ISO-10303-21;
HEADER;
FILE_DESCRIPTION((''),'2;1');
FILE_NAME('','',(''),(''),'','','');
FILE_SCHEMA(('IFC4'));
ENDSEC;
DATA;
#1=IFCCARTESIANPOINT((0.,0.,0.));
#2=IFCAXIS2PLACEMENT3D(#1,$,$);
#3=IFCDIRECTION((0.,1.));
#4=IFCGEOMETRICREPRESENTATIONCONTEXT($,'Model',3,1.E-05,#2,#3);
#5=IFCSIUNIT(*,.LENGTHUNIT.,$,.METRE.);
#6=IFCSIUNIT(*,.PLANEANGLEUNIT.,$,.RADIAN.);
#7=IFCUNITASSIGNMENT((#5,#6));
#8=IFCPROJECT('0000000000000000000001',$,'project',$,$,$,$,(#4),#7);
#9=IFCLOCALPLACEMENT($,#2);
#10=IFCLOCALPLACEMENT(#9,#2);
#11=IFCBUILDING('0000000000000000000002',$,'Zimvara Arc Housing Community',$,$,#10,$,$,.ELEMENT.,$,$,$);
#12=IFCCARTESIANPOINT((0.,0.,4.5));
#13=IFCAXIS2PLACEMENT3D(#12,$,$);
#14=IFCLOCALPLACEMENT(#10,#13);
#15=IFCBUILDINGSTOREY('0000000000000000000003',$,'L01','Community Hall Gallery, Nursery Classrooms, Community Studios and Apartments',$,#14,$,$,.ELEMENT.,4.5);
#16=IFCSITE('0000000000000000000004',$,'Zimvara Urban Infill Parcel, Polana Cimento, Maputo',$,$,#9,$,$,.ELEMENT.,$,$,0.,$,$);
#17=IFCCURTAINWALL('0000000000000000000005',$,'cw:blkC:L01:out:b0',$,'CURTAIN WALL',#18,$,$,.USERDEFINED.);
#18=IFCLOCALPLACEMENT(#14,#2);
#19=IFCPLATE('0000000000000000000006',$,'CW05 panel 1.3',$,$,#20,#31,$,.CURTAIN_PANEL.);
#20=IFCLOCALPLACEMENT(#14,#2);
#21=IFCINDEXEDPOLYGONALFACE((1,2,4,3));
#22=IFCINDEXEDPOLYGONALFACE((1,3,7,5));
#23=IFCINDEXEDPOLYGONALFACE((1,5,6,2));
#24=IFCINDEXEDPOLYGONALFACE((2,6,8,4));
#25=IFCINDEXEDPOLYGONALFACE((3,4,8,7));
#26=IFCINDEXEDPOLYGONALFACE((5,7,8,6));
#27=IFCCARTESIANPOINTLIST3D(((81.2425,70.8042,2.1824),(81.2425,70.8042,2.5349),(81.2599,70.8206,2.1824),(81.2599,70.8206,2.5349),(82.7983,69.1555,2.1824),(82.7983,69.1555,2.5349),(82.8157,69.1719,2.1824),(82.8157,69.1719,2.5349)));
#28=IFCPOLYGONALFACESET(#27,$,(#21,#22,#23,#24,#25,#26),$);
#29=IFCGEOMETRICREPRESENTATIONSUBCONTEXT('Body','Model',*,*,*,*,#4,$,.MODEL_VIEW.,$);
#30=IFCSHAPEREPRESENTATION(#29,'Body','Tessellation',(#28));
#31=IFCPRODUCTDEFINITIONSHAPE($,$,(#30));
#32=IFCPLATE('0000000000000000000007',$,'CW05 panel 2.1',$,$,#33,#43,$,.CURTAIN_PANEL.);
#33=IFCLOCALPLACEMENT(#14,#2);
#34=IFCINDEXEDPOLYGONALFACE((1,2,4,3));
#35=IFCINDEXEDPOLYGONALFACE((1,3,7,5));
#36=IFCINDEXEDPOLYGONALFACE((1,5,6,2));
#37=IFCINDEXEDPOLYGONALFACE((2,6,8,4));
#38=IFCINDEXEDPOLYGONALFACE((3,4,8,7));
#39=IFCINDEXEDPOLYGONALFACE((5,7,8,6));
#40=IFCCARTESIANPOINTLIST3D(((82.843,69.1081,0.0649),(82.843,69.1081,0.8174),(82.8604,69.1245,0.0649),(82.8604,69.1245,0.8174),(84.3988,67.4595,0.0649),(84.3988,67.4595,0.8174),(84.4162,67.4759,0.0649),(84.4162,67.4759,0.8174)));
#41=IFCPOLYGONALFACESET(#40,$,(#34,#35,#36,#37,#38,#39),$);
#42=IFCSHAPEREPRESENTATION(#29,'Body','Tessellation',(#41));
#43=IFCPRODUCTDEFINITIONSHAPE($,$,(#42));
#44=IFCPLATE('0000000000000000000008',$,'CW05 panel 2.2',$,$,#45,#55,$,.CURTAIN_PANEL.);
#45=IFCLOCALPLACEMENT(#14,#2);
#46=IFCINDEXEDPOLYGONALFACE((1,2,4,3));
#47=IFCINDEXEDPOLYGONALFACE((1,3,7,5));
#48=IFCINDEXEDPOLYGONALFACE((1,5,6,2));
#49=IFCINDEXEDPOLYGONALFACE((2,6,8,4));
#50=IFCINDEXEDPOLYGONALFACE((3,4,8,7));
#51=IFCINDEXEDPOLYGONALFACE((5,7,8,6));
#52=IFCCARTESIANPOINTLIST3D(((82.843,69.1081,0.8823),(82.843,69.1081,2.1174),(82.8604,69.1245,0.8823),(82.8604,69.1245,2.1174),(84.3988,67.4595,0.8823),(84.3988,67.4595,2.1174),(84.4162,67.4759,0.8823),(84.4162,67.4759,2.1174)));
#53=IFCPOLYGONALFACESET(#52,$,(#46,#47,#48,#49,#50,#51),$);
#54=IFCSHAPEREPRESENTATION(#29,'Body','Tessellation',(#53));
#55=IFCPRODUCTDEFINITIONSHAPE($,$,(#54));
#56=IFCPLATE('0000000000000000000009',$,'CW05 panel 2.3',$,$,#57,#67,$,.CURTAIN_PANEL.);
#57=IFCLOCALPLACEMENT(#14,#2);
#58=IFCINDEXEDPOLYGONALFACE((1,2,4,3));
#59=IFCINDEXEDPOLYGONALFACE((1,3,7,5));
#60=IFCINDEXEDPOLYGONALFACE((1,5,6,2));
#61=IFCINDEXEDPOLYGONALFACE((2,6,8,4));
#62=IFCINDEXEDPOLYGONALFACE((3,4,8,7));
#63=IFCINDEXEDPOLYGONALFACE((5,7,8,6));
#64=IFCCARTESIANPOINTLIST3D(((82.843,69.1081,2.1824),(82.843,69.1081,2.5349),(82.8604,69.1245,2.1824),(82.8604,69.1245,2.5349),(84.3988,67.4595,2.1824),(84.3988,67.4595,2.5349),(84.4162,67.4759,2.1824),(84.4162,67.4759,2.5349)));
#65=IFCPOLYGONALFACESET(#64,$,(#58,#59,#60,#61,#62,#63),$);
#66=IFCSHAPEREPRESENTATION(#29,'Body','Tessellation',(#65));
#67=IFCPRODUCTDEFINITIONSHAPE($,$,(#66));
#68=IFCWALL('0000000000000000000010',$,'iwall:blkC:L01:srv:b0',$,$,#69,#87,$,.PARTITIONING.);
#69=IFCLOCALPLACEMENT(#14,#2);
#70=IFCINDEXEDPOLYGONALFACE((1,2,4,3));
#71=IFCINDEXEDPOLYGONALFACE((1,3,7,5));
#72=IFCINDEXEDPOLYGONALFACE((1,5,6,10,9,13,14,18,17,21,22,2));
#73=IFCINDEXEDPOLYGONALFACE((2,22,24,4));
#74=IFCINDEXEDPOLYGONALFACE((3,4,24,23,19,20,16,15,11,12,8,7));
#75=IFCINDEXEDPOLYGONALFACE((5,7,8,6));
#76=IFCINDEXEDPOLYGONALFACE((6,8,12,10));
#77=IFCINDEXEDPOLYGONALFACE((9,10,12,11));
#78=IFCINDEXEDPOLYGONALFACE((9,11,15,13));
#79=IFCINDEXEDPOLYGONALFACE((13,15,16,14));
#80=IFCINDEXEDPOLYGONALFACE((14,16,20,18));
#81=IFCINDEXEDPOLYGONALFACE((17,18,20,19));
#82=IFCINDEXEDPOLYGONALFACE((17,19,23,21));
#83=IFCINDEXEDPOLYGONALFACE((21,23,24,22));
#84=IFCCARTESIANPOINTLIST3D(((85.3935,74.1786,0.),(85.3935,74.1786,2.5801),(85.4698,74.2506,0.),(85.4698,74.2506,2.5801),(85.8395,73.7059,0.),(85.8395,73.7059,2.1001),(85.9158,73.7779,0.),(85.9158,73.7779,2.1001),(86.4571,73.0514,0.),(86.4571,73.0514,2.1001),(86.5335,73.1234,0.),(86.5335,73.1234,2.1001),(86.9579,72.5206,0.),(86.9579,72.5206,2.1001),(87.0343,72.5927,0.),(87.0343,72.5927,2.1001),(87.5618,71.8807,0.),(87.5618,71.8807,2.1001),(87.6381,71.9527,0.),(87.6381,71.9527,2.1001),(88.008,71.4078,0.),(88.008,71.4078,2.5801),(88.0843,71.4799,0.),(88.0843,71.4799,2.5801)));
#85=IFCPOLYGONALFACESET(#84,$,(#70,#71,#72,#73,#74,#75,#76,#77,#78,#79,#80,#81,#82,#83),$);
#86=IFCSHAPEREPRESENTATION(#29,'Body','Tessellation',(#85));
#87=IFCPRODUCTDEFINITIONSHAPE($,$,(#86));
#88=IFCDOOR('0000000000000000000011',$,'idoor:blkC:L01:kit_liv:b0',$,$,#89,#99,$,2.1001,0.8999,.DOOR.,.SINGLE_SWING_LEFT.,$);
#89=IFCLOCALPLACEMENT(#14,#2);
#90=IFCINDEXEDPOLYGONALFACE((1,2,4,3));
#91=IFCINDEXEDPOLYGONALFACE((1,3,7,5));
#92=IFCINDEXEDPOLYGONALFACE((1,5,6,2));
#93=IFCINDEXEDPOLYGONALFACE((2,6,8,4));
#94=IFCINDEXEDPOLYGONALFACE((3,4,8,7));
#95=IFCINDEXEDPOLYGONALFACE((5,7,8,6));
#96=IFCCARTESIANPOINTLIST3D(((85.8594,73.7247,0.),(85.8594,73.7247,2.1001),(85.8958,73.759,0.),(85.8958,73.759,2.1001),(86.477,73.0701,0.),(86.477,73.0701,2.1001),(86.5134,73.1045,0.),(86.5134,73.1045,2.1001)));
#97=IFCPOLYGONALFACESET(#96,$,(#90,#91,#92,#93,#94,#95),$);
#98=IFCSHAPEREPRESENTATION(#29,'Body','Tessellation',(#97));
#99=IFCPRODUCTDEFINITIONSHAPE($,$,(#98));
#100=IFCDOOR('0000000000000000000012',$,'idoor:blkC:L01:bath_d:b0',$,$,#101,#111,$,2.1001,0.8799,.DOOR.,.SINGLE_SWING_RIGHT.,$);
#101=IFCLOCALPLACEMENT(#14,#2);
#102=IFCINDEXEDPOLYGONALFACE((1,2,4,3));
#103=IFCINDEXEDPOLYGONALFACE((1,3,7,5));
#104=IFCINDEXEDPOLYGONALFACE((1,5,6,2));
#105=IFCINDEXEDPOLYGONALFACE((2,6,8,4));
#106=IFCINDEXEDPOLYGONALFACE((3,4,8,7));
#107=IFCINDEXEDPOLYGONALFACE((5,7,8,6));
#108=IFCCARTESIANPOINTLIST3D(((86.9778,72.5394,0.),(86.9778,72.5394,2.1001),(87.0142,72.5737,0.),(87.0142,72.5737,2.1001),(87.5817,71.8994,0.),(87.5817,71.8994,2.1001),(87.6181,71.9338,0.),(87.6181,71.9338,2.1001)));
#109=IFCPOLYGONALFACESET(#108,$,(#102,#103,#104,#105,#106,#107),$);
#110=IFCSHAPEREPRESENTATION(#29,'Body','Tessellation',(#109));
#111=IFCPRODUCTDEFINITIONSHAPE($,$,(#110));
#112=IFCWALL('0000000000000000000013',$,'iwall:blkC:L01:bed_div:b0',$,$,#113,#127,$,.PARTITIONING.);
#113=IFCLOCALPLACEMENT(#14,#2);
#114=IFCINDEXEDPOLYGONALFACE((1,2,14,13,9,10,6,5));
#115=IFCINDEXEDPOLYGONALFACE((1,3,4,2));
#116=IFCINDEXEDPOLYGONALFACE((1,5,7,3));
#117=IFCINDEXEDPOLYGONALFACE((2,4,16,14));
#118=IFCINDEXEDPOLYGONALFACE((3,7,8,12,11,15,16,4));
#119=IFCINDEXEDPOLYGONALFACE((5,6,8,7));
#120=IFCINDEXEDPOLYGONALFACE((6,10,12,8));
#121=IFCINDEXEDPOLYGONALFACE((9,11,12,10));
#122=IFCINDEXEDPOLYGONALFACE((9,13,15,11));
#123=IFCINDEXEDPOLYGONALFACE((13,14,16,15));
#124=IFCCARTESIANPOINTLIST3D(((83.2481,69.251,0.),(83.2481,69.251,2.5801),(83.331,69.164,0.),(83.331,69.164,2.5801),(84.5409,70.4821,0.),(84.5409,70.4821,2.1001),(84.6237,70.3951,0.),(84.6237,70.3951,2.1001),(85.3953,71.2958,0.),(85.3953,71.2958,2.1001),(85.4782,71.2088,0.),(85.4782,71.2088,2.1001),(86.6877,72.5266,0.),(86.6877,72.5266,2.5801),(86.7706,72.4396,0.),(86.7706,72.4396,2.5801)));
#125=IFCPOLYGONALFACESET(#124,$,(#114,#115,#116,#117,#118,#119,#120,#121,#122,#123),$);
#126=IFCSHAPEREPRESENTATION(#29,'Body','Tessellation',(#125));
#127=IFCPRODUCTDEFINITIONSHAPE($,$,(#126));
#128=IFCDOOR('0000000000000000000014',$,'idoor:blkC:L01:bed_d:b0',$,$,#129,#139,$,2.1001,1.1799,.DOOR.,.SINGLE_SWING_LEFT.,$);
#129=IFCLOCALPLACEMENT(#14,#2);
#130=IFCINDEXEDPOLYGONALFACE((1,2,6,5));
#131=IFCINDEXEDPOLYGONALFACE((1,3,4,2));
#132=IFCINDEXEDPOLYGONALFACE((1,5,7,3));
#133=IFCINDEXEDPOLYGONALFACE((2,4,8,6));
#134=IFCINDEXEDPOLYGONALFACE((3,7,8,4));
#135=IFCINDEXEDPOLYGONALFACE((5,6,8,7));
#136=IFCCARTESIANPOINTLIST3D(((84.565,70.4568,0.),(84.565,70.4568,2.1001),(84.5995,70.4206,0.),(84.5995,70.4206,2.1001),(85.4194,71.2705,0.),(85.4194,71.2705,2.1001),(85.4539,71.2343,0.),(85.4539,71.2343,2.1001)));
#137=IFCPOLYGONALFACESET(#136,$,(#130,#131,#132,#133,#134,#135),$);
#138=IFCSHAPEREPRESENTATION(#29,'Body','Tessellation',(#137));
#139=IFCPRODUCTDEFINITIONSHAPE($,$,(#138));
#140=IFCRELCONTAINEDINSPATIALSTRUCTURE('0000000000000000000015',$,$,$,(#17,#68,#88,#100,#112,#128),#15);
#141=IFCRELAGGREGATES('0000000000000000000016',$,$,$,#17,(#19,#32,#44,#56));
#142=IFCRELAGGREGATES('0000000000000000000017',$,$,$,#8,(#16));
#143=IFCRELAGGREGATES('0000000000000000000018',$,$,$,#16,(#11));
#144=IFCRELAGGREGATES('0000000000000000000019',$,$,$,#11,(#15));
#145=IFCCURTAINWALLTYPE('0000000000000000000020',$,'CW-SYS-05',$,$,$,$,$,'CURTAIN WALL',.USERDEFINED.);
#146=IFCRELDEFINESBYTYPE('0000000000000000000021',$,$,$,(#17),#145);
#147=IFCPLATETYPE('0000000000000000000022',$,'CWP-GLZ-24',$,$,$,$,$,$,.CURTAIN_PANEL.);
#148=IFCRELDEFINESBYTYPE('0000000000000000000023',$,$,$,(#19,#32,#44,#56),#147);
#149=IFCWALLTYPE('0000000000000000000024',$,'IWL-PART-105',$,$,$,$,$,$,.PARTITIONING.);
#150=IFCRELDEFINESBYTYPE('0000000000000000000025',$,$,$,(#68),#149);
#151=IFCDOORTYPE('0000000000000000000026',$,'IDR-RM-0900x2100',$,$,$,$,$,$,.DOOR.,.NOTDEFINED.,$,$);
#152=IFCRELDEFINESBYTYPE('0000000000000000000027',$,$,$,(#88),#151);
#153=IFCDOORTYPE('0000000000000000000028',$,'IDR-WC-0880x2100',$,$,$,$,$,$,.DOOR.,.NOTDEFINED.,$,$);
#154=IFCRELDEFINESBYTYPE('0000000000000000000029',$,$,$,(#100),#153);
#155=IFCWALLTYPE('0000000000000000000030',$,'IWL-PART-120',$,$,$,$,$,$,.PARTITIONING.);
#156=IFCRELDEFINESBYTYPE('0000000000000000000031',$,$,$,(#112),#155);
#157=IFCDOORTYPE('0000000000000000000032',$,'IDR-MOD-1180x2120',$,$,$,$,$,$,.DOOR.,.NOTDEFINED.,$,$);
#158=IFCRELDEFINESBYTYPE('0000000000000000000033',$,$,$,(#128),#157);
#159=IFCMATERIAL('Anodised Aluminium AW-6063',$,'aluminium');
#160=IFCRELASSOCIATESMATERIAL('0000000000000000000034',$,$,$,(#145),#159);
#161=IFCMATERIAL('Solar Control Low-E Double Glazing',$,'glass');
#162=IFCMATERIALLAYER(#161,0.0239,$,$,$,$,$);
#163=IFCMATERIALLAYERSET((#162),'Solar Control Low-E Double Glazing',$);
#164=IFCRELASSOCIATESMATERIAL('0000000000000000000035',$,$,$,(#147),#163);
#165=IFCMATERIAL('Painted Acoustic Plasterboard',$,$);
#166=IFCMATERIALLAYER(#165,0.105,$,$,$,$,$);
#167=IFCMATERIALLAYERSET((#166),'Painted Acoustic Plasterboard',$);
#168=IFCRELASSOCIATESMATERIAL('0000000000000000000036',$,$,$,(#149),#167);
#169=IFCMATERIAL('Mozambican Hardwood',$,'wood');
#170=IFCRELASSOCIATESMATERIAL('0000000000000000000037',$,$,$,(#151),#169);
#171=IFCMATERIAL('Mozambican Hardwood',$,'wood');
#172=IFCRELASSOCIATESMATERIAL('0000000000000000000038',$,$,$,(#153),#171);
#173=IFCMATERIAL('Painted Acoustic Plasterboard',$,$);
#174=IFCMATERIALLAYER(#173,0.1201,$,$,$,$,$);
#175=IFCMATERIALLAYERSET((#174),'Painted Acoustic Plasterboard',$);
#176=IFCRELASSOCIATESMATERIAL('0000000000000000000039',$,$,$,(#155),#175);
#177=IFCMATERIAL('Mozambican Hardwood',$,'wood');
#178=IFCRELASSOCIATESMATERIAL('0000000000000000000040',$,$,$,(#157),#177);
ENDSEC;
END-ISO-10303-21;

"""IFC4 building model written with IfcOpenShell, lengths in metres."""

from ifc_helpers import new_model, si_unit, direction, frame, frame_2d, origin, origin_2d, place, context, subcontext, project, spatial, rectangle, extrude, material, layer, layer_set, type_object, element, fill, aggregate, save


model = new_model("IFC4")

# Units and contexts
model_context = context("Model", 3, precision=1e-05, world=origin(), true_north=direction((0.0, 1.0)))
body_context = subcontext(model_context, "Body", "Model", "MODEL_VIEW")
ifc_project = project(units=[si_unit("LENGTHUNIT", "METRE"), si_unit("PLANEANGLEUNIT", "RADIAN")], contexts=[model_context])

# Site, building, storey
site_placement = place(None, origin())
site = spatial("IfcSite", under=ifc_project, at=site_placement, Name="Zimvara Urban Infill Parcel, Polana Cimento, Maputo", CompositionType="ELEMENT", RefElevation=0.0)
building_placement = place(site_placement, origin())
building = spatial("IfcBuilding", under=site, at=building_placement, Name="Zimvara Arc Housing Community", CompositionType="ELEMENT")
storey_placement = place(building_placement, frame((0.0, 0.0, 4.5)))
storey = spatial("IfcBuildingStorey", under=building, at=storey_placement, Name="L01", Description="Community Hall Gallery, Nursery Classrooms, Community Studios and Apartments", CompositionType="ELEMENT", Elevation=4.5)

# Curtain wall, plates
ifc_material_1 = material(Name="Anodised Aluminium AW-6063", Category="aluminium")
curtain_wall_type = type_object("IfcCurtainWallType", Name="CW-SYS-05", ElementType="CURTAIN WALL", PredefinedType="USERDEFINED", material=ifc_material_1)
curtain_wall_placement = place(storey_placement, origin())
curtain_wall = element("IfcCurtainWall", 1, at=curtain_wall_placement, inside=storey, type_object=curtain_wall_type, Name="cw:blkC:L01:out:b0", ObjectType="CURTAIN WALL", PredefinedType="USERDEFINED")
ifc_material_2 = material(Name="Solar Control Low-E Double Glazing", Category="glass")
ifc_layer_1 = layer(ifc_material_2, 0.0239)
ifc_layer_set_1 = layer_set([ifc_layer_1], Name="Solar Control Low-E Double Glazing")
plate_type = type_object("IfcPlateType", Name="CWP-GLZ-24", PredefinedType="CURTAIN_PANEL", material=ifc_layer_set_1)
plate_1_placement = place(storey_placement, frame((82.0291, 69.988, 2.1824), z_axis=(0.0, 0.0, 1.0), x_axis=(0.686326, -0.727294, 0.0)))
plate_1 = element("IfcPlate", 2, at=plate_1_placement, type_object=plate_type, Name="CW05 panel 1.3", PredefinedType="CURTAIN_PANEL", context=body_context, shape_type="SweptSolid", body=[
    extrude(rectangle(XDim=2.2668, YDim=0.0239, at=origin_2d()), origin(), (0.0, 0.0, 1.0), 0.3525),
])
plate_2_placement = place(storey_placement, frame((83.6296, 68.292, 0.0649), z_axis=(0.0, 0.0, 1.0), x_axis=(0.686326, -0.727294, 0.0)))
plate_2 = element("IfcPlate", 3, at=plate_2_placement, type_object=plate_type, Name="CW05 panel 2.1", PredefinedType="CURTAIN_PANEL", context=body_context, shape_type="SweptSolid", body=[
    extrude(rectangle(XDim=2.2668, YDim=0.0239, at=origin_2d()), origin(), (0.0, 0.0, 1.0), 0.7524),
])
plate_3_placement = place(storey_placement, frame((83.6296, 68.292, 0.8823), z_axis=(0.0, 0.0, 1.0), x_axis=(0.686326, -0.727294, 0.0)))
plate_3 = element("IfcPlate", 4, at=plate_3_placement, type_object=plate_type, Name="CW05 panel 2.2", PredefinedType="CURTAIN_PANEL", context=body_context, shape_type="SweptSolid", body=[
    extrude(rectangle(XDim=2.2668, YDim=0.0239, at=origin_2d()), origin(), (0.0, 0.0, 1.0), 1.2351),
])
plate_4_placement = place(storey_placement, frame((83.6296, 68.292, 2.1824), z_axis=(0.0, 0.0, 1.0), x_axis=(0.686326, -0.727294, 0.0)))
plate_4 = element("IfcPlate", 5, at=plate_4_placement, type_object=plate_type, Name="CW05 panel 2.3", PredefinedType="CURTAIN_PANEL", context=body_context, shape_type="SweptSolid", body=[
    extrude(rectangle(XDim=2.2668, YDim=0.0239, at=origin_2d()), origin(), (0.0, 0.0, 1.0), 0.3525),
])
aggregate(curtain_wall, [plate_1, plate_2, plate_3, plate_4])

# Wall, openings, doors
ifc_material_3 = material(Name="Painted Acoustic Plasterboard")
ifc_layer_2 = layer(ifc_material_3, 0.105)
ifc_layer_set_2 = layer_set([ifc_layer_2], Name="Painted Acoustic Plasterboard")
wall_type_1 = type_object("IfcWallType", Name="IWL-PART-105", PredefinedType="PARTITIONING", material=ifc_layer_set_2)
wall_1_placement = place(storey_placement, frame((85.4316, 74.2146, 0.0), z_axis=(0.0, 0.0, 1.0), x_axis=(0.686302, -0.727317, 0.0)))
wall_1 = element("IfcWall", 6, at=wall_1_placement, inside=storey, type_object=wall_type_1, Name="iwall:blkC:L01:srv:b0", PredefinedType="PARTITIONING", context=body_context, shape_type="SweptSolid", body=[
    extrude(rectangle(XDim=3.8096, YDim=0.105, at=frame_2d((1.9048, 0.0))), origin(), (0.0, 0.0, 1.0), 2.5801),
])
opening_1_placement = place(wall_1_placement, frame((0.6499, 0.0, 0.0)))
opening_1 = element("IfcOpeningElement", 7, at=opening_1_placement, cuts=wall_1, PredefinedType="OPENING", context=body_context, shape_type="SweptSolid", body=[
    extrude(rectangle(XDim=0.8999, YDim=2.1001, at=frame_2d((0.45, 1.05))), frame((0.0, 0.0625, 0.0), z_axis=(0.0, -1.0, 0.0), x_axis=(1.0, 0.0, 0.0)), (0.0, 0.0, 1.0), 0.125),
])
opening_2_placement = place(wall_1_placement, frame((2.2795, 0.0, 0.0)))
opening_2 = element("IfcOpeningElement", 8, at=opening_2_placement, cuts=wall_1, PredefinedType="OPENING", context=body_context, shape_type="SweptSolid", body=[
    extrude(rectangle(XDim=0.8799, YDim=2.1001, at=frame_2d((0.4399, 1.05))), frame((0.0, 0.0625, 0.0), z_axis=(0.0, -1.0, 0.0), x_axis=(1.0, 0.0, 0.0)), (0.0, 0.0, 1.0), 0.125),
])
ifc_material_4 = material(Name="Mozambican Hardwood", Category="wood")
door_type_1 = type_object("IfcDoorType", Name="IDR-RM-0900x2100", OperationType="NOTDEFINED", PredefinedType="DOOR", material=ifc_material_4)
door_1_placement = place(opening_1_placement, origin())
door_1 = element("IfcDoor", 9, at=door_1_placement, inside=storey, type_object=door_type_1, Name="idoor:blkC:L01:kit_liv:b0", OperationType="SINGLE_SWING_LEFT", OverallHeight=2.1001, OverallWidth=0.8999, PredefinedType="DOOR", context=body_context, shape_type="SweptSolid", body=[
    extrude(rectangle(XDim=0.8999, YDim=2.1001, at=frame_2d((0.45, 1.05))), frame((0.0, 0.0249, 0.0), z_axis=(0.0, -1.0, 0.0), x_axis=(1.0, 0.0, 0.0)), (0.0, 0.0, 1.0), 0.05),
])
fill(opening_1, door_1)
ifc_material_5 = material(Name="Mozambican Hardwood", Category="wood")
door_type_2 = type_object("IfcDoorType", Name="IDR-WC-0880x2100", OperationType="NOTDEFINED", PredefinedType="DOOR", material=ifc_material_5)
door_2_placement = place(opening_2_placement, origin())
door_2 = element("IfcDoor", 10, at=door_2_placement, inside=storey, type_object=door_type_2, Name="idoor:blkC:L01:bath_d:b0", OperationType="SINGLE_SWING_RIGHT", OverallHeight=2.1001, OverallWidth=0.8799, PredefinedType="DOOR", context=body_context, shape_type="SweptSolid", body=[
    extrude(rectangle(XDim=0.8799, YDim=2.1001, at=frame_2d((0.4399, 1.05))), frame((0.0, 0.0249, 0.0), z_axis=(0.0, -1.0, 0.0), x_axis=(1.0, 0.0, 0.0)), (0.0, 0.0, 1.0), 0.05),
])
fill(opening_2, door_2)

# Wall, opening, door
ifc_material_6 = material(Name="Painted Acoustic Plasterboard")
ifc_layer_3 = layer(ifc_material_6, 0.1201)
ifc_layer_set_3 = layer_set([ifc_layer_3], Name="Painted Acoustic Plasterboard")
wall_type_2 = type_object("IfcWallType", Name="IWL-PART-120", PredefinedType="PARTITIONING", material=ifc_layer_set_3)
wall_2_placement = place(storey_placement, frame((86.7292, 72.4832, 0.0), z_axis=(0.0, 0.0, 1.0), x_axis=(-0.724166, -0.689626, 0.0)))
wall_2 = element("IfcWall", 11, at=wall_2_placement, inside=storey, type_object=wall_type_2, Name="iwall:blkC:L01:bed_div:b0", PredefinedType="PARTITIONING", context=body_context, shape_type="SweptSolid", body=[
    extrude(rectangle(XDim=4.7498, YDim=0.1201, at=frame_2d((2.375, 0.0))), origin(), (0.0, 0.0, 1.0), 2.5801),
])
opening_3_placement = place(wall_2_placement, frame((1.7849, 0.0, 0.0)))
opening_3 = element("IfcOpeningElement", 12, at=opening_3_placement, cuts=wall_2, PredefinedType="OPENING", context=body_context, shape_type="SweptSolid", body=[
    extrude(rectangle(XDim=1.1799, YDim=2.1001, at=frame_2d((0.5898, 1.05))), frame((0.0, 0.0701, 0.0), z_axis=(0.0, -1.0, 0.0), x_axis=(1.0, 0.0, 0.0)), (0.0, 0.0, 1.0), 0.1401),
])
ifc_material_7 = material(Name="Mozambican Hardwood", Category="wood")
door_type_3 = type_object("IfcDoorType", Name="IDR-MOD-1180x2120", OperationType="NOTDEFINED", PredefinedType="DOOR", material=ifc_material_7)
door_3_placement = place(opening_3_placement, origin())
door_3 = element("IfcDoor", 13, at=door_3_placement, inside=storey, type_object=door_type_3, Name="idoor:blkC:L01:bed_d:b0", OperationType="SINGLE_SWING_LEFT", OverallHeight=2.1001, OverallWidth=1.1799, PredefinedType="DOOR", context=body_context, shape_type="SweptSolid", body=[
    extrude(rectangle(XDim=1.1799, YDim=2.1001, at=frame_2d((0.5898, 1.05))), frame((0.0, 0.0249, 0.0), z_axis=(0.0, -1.0, 0.0), x_axis=(1.0, 0.0, 0.0)), (0.0, 0.0, 1.0), 0.05),
])
fill(opening_3, door_3)

save(model, "model.ifc")
